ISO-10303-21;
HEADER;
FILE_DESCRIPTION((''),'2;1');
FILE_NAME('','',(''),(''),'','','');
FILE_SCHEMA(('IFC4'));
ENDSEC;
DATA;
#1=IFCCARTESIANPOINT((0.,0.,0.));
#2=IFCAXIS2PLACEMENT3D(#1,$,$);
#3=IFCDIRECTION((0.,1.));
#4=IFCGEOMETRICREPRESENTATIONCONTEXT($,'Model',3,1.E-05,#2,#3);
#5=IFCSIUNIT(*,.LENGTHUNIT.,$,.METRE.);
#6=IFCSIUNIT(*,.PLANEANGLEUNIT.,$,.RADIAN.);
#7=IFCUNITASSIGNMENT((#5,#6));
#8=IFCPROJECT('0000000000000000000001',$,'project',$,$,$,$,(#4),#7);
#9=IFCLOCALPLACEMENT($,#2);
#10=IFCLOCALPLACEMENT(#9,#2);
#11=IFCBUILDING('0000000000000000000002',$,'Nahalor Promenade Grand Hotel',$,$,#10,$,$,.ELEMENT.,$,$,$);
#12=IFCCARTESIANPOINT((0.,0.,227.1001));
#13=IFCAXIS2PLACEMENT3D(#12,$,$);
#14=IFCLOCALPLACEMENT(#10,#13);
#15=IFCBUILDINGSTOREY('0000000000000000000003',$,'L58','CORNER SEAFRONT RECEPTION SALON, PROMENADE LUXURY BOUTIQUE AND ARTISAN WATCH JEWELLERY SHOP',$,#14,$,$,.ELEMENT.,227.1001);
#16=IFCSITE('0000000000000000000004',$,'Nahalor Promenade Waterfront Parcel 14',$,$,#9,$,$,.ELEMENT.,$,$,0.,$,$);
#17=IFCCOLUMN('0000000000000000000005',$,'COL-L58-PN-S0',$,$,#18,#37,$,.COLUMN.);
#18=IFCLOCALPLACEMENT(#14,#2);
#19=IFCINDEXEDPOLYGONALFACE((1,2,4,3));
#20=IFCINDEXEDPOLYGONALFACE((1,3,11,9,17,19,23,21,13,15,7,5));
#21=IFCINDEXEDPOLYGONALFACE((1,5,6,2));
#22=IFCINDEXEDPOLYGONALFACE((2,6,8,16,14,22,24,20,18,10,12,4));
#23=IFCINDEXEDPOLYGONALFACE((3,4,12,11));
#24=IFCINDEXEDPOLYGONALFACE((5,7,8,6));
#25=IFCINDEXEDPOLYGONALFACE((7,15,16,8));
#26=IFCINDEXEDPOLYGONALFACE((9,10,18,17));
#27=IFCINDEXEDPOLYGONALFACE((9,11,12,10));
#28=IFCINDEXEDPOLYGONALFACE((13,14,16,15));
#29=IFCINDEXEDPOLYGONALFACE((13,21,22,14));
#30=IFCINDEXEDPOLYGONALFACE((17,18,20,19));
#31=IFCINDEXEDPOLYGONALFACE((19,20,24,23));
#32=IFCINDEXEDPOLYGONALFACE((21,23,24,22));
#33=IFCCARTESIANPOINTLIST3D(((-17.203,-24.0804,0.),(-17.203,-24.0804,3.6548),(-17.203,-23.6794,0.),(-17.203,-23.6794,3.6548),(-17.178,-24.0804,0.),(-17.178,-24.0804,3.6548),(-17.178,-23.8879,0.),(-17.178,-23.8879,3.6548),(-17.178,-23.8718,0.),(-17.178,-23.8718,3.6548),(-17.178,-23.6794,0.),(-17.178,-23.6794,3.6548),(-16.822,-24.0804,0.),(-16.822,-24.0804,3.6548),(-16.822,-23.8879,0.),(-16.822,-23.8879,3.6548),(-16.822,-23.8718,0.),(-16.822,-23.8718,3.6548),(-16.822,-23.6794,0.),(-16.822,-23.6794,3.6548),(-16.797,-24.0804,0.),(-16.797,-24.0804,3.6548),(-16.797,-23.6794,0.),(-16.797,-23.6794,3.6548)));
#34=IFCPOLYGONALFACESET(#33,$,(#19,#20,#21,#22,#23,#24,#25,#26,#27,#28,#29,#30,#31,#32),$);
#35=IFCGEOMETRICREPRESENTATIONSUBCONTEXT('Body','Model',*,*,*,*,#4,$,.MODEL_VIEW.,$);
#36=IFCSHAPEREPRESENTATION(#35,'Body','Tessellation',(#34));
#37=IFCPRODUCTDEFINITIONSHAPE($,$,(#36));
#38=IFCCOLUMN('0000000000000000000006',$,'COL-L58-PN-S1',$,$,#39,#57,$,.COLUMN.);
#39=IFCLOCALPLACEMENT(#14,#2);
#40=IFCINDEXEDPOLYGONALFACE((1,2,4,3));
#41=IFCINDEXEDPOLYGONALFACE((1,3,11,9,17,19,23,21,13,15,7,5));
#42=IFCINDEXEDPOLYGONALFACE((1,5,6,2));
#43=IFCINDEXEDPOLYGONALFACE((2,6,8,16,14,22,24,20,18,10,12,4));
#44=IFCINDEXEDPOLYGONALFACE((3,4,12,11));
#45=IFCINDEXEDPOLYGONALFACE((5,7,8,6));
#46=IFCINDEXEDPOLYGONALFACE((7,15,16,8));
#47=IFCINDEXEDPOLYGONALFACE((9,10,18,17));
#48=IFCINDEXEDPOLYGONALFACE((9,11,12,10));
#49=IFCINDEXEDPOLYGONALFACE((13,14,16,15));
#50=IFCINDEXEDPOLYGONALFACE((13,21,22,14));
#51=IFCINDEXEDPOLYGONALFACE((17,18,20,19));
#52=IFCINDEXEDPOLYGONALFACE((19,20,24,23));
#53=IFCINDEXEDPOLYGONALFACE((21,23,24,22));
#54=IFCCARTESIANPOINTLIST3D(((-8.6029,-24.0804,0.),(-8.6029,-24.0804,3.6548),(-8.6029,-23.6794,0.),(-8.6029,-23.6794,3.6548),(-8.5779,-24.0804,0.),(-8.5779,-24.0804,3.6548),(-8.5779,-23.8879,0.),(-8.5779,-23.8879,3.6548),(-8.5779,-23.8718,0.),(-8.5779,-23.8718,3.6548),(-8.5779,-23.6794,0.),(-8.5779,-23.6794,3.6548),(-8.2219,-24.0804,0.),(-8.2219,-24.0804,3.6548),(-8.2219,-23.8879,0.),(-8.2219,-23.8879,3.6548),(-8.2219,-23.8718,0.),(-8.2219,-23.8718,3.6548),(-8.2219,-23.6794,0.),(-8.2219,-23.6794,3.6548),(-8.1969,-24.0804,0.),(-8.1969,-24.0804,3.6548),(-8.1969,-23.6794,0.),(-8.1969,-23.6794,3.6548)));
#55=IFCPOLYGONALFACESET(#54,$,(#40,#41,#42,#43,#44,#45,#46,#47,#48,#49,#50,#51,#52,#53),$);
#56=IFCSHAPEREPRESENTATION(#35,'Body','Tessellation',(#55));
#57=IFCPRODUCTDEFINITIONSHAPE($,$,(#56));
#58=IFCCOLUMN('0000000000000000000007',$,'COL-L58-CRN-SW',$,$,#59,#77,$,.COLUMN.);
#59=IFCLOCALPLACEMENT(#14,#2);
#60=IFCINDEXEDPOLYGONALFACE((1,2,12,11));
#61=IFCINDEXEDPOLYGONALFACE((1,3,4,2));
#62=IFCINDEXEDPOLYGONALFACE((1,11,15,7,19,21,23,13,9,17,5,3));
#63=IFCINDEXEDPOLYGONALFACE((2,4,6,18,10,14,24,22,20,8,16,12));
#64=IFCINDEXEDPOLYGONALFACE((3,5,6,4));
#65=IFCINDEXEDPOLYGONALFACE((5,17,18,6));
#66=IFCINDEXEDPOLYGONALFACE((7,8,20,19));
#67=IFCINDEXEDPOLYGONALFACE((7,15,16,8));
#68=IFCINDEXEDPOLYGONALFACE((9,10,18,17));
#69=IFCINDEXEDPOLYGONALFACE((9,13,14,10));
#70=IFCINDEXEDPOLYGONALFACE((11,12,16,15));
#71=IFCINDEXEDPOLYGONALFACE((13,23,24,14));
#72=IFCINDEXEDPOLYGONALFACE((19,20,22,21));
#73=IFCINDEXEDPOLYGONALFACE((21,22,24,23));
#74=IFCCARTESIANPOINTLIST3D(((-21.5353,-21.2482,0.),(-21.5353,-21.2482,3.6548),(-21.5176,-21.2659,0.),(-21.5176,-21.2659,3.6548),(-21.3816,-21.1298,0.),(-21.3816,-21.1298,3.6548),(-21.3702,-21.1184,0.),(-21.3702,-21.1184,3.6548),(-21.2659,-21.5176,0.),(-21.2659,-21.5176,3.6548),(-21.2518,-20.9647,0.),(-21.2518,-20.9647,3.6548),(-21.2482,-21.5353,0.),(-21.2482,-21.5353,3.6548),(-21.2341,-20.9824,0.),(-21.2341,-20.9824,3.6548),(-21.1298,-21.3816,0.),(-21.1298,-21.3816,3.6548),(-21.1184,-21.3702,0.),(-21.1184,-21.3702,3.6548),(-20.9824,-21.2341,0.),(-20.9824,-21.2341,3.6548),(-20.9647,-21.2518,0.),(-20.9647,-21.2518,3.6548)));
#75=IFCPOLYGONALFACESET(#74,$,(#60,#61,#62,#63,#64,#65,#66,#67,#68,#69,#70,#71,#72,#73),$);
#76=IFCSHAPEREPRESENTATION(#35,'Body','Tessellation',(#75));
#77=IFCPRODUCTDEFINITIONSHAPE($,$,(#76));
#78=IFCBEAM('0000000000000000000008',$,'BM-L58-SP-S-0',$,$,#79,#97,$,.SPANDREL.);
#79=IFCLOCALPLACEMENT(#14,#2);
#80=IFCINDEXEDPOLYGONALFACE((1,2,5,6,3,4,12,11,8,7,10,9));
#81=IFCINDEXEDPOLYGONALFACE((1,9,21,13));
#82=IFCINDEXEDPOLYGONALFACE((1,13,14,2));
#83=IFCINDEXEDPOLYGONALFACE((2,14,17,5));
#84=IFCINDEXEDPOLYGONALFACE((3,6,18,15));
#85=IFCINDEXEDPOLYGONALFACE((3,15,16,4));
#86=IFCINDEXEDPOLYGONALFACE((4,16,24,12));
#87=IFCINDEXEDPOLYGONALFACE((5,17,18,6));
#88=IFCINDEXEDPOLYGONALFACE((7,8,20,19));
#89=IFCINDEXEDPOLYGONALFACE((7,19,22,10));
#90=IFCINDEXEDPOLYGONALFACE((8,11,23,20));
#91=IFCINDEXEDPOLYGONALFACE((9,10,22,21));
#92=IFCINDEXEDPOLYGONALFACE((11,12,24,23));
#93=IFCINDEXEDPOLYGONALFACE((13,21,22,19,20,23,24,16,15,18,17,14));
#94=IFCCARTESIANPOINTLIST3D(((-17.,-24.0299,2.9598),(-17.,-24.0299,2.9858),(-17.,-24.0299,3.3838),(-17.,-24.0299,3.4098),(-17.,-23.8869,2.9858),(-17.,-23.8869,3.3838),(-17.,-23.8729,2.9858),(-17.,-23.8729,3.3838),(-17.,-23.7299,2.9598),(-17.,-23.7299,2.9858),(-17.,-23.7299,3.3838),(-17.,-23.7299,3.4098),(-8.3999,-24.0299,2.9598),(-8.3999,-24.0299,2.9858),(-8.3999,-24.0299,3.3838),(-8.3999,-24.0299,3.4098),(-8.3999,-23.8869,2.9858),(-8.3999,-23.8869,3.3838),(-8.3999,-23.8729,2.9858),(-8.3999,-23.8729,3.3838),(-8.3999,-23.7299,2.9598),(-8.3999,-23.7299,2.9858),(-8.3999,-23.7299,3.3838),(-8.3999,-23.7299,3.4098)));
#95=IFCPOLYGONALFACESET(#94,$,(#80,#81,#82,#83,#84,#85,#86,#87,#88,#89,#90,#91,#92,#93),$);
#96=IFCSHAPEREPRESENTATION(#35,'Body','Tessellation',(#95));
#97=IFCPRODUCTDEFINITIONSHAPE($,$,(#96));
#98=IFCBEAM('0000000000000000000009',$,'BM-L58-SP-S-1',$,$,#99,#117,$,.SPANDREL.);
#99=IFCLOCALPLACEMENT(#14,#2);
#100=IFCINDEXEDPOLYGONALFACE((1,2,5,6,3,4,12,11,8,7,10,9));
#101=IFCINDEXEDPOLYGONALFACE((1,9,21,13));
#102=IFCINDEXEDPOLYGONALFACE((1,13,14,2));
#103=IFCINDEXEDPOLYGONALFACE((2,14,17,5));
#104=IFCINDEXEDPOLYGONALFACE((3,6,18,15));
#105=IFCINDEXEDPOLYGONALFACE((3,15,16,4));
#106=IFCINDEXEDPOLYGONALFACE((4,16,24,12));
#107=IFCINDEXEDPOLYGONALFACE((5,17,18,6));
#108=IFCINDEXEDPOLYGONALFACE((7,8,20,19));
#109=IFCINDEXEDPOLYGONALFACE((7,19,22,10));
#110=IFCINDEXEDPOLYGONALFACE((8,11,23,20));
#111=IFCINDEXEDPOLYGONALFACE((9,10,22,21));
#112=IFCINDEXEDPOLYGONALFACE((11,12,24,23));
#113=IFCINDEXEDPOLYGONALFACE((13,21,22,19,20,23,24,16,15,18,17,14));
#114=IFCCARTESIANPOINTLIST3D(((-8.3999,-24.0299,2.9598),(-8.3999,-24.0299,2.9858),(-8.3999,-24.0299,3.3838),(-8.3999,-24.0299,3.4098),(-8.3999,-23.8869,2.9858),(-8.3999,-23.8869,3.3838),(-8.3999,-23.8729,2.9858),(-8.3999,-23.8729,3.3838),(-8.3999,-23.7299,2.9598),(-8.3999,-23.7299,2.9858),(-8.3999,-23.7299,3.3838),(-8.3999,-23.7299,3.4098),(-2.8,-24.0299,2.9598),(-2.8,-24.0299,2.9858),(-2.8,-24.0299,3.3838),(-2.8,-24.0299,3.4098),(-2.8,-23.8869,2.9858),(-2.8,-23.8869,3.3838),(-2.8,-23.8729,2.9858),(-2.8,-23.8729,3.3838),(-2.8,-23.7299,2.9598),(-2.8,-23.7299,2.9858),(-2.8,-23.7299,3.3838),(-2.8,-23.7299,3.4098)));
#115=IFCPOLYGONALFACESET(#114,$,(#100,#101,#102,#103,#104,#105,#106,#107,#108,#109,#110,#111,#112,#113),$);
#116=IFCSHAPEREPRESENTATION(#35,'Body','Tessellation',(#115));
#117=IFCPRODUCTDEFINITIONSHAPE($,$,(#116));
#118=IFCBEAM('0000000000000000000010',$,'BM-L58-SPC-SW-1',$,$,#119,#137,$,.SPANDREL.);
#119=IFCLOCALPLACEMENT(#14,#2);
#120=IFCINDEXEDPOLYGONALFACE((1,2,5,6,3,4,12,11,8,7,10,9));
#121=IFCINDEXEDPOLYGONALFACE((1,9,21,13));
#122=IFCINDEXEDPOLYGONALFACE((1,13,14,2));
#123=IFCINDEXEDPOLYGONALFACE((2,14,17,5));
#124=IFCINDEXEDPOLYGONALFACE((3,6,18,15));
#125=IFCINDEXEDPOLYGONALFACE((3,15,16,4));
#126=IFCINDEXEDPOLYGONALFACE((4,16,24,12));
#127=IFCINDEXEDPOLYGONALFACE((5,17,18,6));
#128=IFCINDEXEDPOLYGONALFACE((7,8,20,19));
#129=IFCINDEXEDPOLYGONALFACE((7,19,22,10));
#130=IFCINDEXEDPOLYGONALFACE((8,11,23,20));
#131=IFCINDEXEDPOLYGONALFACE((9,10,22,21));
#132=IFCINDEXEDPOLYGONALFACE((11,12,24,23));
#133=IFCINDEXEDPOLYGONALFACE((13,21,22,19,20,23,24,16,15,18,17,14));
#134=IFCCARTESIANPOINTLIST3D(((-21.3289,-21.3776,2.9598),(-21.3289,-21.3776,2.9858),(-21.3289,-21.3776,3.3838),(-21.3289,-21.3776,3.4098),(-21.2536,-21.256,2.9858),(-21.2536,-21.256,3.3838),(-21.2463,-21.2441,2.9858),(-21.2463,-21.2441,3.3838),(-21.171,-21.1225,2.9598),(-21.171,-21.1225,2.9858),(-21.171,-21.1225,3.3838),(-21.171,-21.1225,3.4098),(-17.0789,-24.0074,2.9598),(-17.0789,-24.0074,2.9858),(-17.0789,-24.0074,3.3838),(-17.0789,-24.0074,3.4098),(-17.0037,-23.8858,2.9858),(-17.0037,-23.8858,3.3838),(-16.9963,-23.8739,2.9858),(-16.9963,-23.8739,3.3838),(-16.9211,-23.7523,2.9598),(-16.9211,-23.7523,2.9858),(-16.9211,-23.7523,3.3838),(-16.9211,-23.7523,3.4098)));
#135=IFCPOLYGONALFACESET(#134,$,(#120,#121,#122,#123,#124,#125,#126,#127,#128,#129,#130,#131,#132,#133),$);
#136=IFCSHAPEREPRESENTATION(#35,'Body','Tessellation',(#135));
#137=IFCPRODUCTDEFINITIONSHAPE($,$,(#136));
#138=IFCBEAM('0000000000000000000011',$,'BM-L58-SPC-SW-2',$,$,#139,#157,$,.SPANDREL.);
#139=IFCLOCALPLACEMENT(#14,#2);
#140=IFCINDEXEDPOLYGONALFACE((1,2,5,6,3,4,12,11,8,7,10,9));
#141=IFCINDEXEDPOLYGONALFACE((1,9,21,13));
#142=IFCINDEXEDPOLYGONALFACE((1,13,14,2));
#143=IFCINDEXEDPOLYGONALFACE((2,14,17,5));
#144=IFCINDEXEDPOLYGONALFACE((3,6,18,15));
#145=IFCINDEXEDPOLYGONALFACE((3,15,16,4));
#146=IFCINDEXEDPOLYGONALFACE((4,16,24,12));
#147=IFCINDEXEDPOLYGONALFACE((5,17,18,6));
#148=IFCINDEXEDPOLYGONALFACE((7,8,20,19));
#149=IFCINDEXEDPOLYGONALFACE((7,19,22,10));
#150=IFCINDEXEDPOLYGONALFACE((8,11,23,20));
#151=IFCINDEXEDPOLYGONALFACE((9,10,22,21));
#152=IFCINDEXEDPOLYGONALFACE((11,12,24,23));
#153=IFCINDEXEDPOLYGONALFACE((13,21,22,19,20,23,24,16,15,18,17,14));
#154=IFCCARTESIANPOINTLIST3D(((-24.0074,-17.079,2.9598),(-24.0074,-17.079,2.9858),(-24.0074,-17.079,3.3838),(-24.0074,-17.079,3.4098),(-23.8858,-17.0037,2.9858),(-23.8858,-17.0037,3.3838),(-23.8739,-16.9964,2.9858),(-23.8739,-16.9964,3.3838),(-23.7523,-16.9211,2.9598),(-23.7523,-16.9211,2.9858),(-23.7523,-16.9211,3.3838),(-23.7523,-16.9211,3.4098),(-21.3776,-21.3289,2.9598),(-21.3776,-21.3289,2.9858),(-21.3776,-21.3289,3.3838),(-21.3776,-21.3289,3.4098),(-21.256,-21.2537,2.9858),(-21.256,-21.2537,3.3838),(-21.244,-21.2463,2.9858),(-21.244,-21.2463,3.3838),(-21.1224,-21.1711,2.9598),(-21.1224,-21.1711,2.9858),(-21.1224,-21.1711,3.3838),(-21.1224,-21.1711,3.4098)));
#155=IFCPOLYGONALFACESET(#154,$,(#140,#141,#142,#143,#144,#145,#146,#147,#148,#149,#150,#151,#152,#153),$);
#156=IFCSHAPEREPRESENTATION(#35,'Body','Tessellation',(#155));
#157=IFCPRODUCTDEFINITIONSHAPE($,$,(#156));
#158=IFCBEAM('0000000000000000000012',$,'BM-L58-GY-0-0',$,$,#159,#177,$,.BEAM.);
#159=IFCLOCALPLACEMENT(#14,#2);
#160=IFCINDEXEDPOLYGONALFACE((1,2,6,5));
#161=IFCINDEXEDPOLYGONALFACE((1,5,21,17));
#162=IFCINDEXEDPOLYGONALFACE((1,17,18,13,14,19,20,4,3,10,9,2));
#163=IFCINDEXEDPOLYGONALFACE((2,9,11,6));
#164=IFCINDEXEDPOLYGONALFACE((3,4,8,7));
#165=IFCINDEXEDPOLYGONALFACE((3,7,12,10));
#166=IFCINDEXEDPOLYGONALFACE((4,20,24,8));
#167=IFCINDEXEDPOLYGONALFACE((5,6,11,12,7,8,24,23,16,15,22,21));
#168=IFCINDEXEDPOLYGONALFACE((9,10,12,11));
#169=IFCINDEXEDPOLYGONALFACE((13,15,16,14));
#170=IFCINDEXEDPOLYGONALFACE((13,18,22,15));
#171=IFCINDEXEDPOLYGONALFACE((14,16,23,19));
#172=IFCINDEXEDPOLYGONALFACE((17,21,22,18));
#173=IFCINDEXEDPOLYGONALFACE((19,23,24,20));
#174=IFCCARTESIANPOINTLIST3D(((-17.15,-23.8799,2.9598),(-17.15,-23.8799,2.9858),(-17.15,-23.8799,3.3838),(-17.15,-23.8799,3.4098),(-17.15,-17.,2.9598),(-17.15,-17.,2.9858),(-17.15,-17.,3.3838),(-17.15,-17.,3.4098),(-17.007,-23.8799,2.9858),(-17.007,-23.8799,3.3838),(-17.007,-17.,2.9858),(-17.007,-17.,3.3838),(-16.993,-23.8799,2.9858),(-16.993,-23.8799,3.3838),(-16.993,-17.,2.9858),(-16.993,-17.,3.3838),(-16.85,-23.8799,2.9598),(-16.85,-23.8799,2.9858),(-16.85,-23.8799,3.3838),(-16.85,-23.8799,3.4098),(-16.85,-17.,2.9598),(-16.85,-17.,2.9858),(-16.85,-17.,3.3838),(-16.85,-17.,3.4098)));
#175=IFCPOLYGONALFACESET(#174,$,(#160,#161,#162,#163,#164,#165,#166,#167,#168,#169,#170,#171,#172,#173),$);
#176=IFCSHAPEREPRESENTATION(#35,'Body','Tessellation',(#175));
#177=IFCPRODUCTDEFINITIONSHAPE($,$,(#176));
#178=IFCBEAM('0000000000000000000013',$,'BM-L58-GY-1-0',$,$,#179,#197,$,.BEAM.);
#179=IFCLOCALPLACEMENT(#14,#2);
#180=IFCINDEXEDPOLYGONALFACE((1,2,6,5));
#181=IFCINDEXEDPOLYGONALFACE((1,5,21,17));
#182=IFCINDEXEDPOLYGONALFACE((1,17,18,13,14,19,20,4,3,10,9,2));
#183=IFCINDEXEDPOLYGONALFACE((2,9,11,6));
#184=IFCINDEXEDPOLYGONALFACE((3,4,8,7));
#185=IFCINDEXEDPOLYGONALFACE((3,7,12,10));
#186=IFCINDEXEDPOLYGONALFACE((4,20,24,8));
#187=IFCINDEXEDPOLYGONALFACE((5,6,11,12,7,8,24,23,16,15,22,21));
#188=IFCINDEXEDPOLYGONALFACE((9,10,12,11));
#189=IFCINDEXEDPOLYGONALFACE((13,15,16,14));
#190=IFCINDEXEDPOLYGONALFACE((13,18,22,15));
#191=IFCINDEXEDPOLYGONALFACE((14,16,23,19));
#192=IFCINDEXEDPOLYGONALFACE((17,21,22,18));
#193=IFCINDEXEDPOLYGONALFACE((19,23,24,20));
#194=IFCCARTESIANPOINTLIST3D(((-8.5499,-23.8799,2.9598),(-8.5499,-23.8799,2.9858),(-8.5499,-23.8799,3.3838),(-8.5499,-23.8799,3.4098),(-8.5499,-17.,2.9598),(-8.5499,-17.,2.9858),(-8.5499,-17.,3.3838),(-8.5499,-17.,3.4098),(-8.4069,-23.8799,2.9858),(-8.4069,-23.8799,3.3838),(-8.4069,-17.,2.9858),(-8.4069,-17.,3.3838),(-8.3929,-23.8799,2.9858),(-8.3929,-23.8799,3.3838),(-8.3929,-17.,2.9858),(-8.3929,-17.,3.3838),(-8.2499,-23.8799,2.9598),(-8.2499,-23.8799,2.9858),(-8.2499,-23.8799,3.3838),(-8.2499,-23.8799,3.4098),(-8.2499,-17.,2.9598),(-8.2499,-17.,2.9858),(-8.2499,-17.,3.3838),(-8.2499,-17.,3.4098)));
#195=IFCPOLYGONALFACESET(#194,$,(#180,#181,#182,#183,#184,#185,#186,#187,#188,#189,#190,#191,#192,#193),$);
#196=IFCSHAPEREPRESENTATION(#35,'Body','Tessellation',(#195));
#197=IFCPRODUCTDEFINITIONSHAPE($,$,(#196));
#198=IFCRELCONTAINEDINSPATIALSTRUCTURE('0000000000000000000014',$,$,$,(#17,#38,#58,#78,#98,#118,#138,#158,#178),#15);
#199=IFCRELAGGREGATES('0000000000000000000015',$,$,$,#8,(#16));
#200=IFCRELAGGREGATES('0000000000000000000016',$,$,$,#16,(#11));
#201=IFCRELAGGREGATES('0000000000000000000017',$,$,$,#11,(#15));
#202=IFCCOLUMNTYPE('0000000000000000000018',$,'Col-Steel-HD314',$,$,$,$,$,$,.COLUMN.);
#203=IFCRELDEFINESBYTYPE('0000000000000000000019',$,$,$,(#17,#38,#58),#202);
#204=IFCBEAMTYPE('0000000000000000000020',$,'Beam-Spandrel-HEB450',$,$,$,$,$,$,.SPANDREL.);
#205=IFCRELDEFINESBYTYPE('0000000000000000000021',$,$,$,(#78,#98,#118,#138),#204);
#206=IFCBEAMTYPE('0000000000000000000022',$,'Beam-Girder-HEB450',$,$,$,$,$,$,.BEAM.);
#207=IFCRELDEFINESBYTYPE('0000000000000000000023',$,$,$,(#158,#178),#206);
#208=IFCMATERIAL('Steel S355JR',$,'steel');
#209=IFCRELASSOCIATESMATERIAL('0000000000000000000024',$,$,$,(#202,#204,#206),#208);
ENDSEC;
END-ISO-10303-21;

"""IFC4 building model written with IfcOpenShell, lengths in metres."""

from ifc_helpers import new_model, si_unit, direction, frame, origin, origin_2d, place, context, subcontext, project, spatial, i_section, extrude, source, transform, mapped, material, material_profile, profile_set, type_object, element, save


model = new_model("IFC4")

# Units and contexts
model_context = context("Model", 3, precision=1e-05, world=origin(), true_north=direction((0.0, 1.0)))
body_context = subcontext(model_context, "Body", "Model", "MODEL_VIEW")
ifc_project = project(units=[si_unit("LENGTHUNIT", "METRE"), si_unit("PLANEANGLEUNIT", "RADIAN")], contexts=[model_context])

# Site, building, storey
site_placement = place(None, origin())
site = spatial("IfcSite", under=ifc_project, at=site_placement, Name="Nahalor Promenade Waterfront Parcel 14", CompositionType="ELEMENT", RefElevation=0.0)
building_placement = place(site_placement, origin())
building = spatial("IfcBuilding", under=site, at=building_placement, Name="Nahalor Promenade Grand Hotel", CompositionType="ELEMENT")
storey_placement = place(building_placement, frame((0.0, 0.0, 227.1001)))
storey = spatial("IfcBuildingStorey", under=building, at=storey_placement, Name="L58", Description="CORNER SEAFRONT RECEPTION SALON, PROMENADE LUXURY BOUTIQUE AND ARTISAN WATCH JEWELLERY SHOP", CompositionType="ELEMENT", Elevation=227.1001)

# Columns
ifc_material_1 = material(Name="Steel S355JR", Category="steel")
ifc_material_profile_1 = material_profile(ifc_material_1, i_section(OverallWidth=0.401, OverallDepth=0.406, WebThickness=0.0161, FlangeThickness=0.025, at=origin_2d()), Name="HD 400x314")
ifc_profile_set_1 = profile_set([ifc_material_profile_1], Name="Steel S355JR")
column_type = type_object("IfcColumnType", Name="Col-Steel-HD314", PredefinedType="COLUMN", material=ifc_profile_set_1)
shared_shape_1 = source(origin(), body_context, "Body", "SweptSolid", [
    extrude(i_section(OverallWidth=0.401, OverallDepth=0.406, WebThickness=0.0161, FlangeThickness=0.025, at=origin_2d()), origin(), (0.0, 0.0, 1.0), 3.6548),
])
for number, where, z_axis, x_axis, name in (
    (1, (-17.0, -23.8799, 0.0), (0.0, 0.0, 1.0), (0.0, 1.0, 0.0), "COL-L58-PN-S0"),
    (2, (-8.3999, -23.8799, 0.0), (0.0, 0.0, 1.0), (0.0, 1.0, 0.0), "COL-L58-PN-S1"),
    (3, (-21.25, -21.25, 0.0), (0.0, 0.0, 1.0), (0.707107, 0.707107, 0.0), "COL-L58-CRN-SW"),
):
    element("IfcColumn", number, at=place(storey_placement, frame(where, z_axis=z_axis, x_axis=x_axis)), inside=storey, type_object=column_type, Name=name, PredefinedType="COLUMN", context=body_context, shape_type="MappedRepresentation", body=[
        mapped(shared_shape_1, transform((0.0, 0.0, 0.0), scale=1.0)),
    ])

# Beams
ifc_material_profile_2 = material_profile(ifc_material_1, i_section(OverallWidth=0.3, OverallDepth=0.45, WebThickness=0.014, FlangeThickness=0.026, at=origin_2d()), Name="HEB 450")
ifc_profile_set_2 = profile_set([ifc_material_profile_2], Name="Steel S355JR")
beam_type_1 = type_object("IfcBeamType", Name="Beam-Spandrel-HEB450", PredefinedType="SPANDREL", material=ifc_profile_set_2)
shared_shape_2 = source(origin(), body_context, "Body", "SweptSolid", [
    extrude(i_section(OverallWidth=0.3, OverallDepth=0.45, WebThickness=0.014, FlangeThickness=0.026, at=origin_2d()), origin(), (0.0, 0.0, 1.0), 8.6001),
])
beam_1_placement = place(storey_placement, frame((-17.0, -23.8799, 3.1848), z_axis=(1.0, 0.0, 0.0), x_axis=(0.0, 1.0, 0.0)))
element("IfcBeam", 4, at=beam_1_placement, inside=storey, type_object=beam_type_1, Name="BM-L58-SP-S-0", PredefinedType="SPANDREL", context=body_context, shape_type="MappedRepresentation", body=[
    mapped(shared_shape_2, transform((0.0, 0.0, 0.0), scale=1.0)),
])
shared_shape_3 = source(origin(), body_context, "Body", "SweptSolid", [
    extrude(i_section(OverallWidth=0.3, OverallDepth=0.45, WebThickness=0.014, FlangeThickness=0.026, at=origin_2d()), origin(), (0.0, 0.0, 1.0), 5.5999),
])
beam_2_placement = place(storey_placement, frame((-8.3999, -23.8799, 3.1848), z_axis=(1.0, 0.0, 0.0), x_axis=(0.0, 1.0, 0.0)))
element("IfcBeam", 5, at=beam_2_placement, inside=storey, type_object=beam_type_1, Name="BM-L58-SP-S-1", PredefinedType="SPANDREL", context=body_context, shape_type="MappedRepresentation", body=[
    mapped(shared_shape_3, transform((0.0, 0.0, 0.0), scale=1.0)),
])
shared_shape_4 = source(origin(), body_context, "Body", "SweptSolid", [
    extrude(i_section(OverallWidth=0.3, OverallDepth=0.45, WebThickness=0.014, FlangeThickness=0.026, at=origin_2d()), origin(), (0.0, 0.0, 1.0), 4.9978),
])
for number, where, z_axis, x_axis, name in (
    (6, (-17.0, -23.8799, 3.1848), (-0.850361, 0.5262, 0.0), (-0.5262, -0.850361, 0.0), "BM-L58-SPC-SW-1"),
    (7, (-21.25, -21.25, 3.1848), (-0.5262, 0.850361, 0.0), (-0.850361, -0.5262, 0.0), "BM-L58-SPC-SW-2"),
):
    element("IfcBeam", number, at=place(storey_placement, frame(where, z_axis=z_axis, x_axis=x_axis)), inside=storey, type_object=beam_type_1, Name=name, PredefinedType="SPANDREL", context=body_context, shape_type="MappedRepresentation", body=[
        mapped(shared_shape_4, transform((0.0, 0.0, 0.0), scale=1.0)),
    ])
ifc_material_profile_3 = material_profile(ifc_material_1, i_section(OverallWidth=0.3, OverallDepth=0.45, WebThickness=0.014, FlangeThickness=0.026, at=origin_2d()), Name="HEB 450")
ifc_profile_set_3 = profile_set([ifc_material_profile_3], Name="Steel S355JR")
beam_type_2 = type_object("IfcBeamType", Name="Beam-Girder-HEB450", PredefinedType="BEAM", material=ifc_profile_set_3)
shared_shape_5 = source(origin(), body_context, "Body", "SweptSolid", [
    extrude(i_section(OverallWidth=0.3, OverallDepth=0.45, WebThickness=0.014, FlangeThickness=0.026, at=origin_2d()), origin(), (0.0, 0.0, 1.0), 6.8799),
])
for number, where, z_axis, x_axis, name in (
    (8, (-17.0, -23.8799, 3.1848), (0.0, 1.0, 0.0), (-1.0, 0.0, 0.0), "BM-L58-GY-0-0"),
    (9, (-8.3999, -23.8799, 3.1848), (0.0, 1.0, 0.0), (-1.0, 0.0, 0.0), "BM-L58-GY-1-0"),
):
    element("IfcBeam", number, at=place(storey_placement, frame(where, z_axis=z_axis, x_axis=x_axis)), inside=storey, type_object=beam_type_2, Name=name, PredefinedType="BEAM", context=body_context, shape_type="MappedRepresentation", body=[
        mapped(shared_shape_5, transform((0.0, 0.0, 0.0), scale=1.0)),
    ])

save(model, "model.ifc")
